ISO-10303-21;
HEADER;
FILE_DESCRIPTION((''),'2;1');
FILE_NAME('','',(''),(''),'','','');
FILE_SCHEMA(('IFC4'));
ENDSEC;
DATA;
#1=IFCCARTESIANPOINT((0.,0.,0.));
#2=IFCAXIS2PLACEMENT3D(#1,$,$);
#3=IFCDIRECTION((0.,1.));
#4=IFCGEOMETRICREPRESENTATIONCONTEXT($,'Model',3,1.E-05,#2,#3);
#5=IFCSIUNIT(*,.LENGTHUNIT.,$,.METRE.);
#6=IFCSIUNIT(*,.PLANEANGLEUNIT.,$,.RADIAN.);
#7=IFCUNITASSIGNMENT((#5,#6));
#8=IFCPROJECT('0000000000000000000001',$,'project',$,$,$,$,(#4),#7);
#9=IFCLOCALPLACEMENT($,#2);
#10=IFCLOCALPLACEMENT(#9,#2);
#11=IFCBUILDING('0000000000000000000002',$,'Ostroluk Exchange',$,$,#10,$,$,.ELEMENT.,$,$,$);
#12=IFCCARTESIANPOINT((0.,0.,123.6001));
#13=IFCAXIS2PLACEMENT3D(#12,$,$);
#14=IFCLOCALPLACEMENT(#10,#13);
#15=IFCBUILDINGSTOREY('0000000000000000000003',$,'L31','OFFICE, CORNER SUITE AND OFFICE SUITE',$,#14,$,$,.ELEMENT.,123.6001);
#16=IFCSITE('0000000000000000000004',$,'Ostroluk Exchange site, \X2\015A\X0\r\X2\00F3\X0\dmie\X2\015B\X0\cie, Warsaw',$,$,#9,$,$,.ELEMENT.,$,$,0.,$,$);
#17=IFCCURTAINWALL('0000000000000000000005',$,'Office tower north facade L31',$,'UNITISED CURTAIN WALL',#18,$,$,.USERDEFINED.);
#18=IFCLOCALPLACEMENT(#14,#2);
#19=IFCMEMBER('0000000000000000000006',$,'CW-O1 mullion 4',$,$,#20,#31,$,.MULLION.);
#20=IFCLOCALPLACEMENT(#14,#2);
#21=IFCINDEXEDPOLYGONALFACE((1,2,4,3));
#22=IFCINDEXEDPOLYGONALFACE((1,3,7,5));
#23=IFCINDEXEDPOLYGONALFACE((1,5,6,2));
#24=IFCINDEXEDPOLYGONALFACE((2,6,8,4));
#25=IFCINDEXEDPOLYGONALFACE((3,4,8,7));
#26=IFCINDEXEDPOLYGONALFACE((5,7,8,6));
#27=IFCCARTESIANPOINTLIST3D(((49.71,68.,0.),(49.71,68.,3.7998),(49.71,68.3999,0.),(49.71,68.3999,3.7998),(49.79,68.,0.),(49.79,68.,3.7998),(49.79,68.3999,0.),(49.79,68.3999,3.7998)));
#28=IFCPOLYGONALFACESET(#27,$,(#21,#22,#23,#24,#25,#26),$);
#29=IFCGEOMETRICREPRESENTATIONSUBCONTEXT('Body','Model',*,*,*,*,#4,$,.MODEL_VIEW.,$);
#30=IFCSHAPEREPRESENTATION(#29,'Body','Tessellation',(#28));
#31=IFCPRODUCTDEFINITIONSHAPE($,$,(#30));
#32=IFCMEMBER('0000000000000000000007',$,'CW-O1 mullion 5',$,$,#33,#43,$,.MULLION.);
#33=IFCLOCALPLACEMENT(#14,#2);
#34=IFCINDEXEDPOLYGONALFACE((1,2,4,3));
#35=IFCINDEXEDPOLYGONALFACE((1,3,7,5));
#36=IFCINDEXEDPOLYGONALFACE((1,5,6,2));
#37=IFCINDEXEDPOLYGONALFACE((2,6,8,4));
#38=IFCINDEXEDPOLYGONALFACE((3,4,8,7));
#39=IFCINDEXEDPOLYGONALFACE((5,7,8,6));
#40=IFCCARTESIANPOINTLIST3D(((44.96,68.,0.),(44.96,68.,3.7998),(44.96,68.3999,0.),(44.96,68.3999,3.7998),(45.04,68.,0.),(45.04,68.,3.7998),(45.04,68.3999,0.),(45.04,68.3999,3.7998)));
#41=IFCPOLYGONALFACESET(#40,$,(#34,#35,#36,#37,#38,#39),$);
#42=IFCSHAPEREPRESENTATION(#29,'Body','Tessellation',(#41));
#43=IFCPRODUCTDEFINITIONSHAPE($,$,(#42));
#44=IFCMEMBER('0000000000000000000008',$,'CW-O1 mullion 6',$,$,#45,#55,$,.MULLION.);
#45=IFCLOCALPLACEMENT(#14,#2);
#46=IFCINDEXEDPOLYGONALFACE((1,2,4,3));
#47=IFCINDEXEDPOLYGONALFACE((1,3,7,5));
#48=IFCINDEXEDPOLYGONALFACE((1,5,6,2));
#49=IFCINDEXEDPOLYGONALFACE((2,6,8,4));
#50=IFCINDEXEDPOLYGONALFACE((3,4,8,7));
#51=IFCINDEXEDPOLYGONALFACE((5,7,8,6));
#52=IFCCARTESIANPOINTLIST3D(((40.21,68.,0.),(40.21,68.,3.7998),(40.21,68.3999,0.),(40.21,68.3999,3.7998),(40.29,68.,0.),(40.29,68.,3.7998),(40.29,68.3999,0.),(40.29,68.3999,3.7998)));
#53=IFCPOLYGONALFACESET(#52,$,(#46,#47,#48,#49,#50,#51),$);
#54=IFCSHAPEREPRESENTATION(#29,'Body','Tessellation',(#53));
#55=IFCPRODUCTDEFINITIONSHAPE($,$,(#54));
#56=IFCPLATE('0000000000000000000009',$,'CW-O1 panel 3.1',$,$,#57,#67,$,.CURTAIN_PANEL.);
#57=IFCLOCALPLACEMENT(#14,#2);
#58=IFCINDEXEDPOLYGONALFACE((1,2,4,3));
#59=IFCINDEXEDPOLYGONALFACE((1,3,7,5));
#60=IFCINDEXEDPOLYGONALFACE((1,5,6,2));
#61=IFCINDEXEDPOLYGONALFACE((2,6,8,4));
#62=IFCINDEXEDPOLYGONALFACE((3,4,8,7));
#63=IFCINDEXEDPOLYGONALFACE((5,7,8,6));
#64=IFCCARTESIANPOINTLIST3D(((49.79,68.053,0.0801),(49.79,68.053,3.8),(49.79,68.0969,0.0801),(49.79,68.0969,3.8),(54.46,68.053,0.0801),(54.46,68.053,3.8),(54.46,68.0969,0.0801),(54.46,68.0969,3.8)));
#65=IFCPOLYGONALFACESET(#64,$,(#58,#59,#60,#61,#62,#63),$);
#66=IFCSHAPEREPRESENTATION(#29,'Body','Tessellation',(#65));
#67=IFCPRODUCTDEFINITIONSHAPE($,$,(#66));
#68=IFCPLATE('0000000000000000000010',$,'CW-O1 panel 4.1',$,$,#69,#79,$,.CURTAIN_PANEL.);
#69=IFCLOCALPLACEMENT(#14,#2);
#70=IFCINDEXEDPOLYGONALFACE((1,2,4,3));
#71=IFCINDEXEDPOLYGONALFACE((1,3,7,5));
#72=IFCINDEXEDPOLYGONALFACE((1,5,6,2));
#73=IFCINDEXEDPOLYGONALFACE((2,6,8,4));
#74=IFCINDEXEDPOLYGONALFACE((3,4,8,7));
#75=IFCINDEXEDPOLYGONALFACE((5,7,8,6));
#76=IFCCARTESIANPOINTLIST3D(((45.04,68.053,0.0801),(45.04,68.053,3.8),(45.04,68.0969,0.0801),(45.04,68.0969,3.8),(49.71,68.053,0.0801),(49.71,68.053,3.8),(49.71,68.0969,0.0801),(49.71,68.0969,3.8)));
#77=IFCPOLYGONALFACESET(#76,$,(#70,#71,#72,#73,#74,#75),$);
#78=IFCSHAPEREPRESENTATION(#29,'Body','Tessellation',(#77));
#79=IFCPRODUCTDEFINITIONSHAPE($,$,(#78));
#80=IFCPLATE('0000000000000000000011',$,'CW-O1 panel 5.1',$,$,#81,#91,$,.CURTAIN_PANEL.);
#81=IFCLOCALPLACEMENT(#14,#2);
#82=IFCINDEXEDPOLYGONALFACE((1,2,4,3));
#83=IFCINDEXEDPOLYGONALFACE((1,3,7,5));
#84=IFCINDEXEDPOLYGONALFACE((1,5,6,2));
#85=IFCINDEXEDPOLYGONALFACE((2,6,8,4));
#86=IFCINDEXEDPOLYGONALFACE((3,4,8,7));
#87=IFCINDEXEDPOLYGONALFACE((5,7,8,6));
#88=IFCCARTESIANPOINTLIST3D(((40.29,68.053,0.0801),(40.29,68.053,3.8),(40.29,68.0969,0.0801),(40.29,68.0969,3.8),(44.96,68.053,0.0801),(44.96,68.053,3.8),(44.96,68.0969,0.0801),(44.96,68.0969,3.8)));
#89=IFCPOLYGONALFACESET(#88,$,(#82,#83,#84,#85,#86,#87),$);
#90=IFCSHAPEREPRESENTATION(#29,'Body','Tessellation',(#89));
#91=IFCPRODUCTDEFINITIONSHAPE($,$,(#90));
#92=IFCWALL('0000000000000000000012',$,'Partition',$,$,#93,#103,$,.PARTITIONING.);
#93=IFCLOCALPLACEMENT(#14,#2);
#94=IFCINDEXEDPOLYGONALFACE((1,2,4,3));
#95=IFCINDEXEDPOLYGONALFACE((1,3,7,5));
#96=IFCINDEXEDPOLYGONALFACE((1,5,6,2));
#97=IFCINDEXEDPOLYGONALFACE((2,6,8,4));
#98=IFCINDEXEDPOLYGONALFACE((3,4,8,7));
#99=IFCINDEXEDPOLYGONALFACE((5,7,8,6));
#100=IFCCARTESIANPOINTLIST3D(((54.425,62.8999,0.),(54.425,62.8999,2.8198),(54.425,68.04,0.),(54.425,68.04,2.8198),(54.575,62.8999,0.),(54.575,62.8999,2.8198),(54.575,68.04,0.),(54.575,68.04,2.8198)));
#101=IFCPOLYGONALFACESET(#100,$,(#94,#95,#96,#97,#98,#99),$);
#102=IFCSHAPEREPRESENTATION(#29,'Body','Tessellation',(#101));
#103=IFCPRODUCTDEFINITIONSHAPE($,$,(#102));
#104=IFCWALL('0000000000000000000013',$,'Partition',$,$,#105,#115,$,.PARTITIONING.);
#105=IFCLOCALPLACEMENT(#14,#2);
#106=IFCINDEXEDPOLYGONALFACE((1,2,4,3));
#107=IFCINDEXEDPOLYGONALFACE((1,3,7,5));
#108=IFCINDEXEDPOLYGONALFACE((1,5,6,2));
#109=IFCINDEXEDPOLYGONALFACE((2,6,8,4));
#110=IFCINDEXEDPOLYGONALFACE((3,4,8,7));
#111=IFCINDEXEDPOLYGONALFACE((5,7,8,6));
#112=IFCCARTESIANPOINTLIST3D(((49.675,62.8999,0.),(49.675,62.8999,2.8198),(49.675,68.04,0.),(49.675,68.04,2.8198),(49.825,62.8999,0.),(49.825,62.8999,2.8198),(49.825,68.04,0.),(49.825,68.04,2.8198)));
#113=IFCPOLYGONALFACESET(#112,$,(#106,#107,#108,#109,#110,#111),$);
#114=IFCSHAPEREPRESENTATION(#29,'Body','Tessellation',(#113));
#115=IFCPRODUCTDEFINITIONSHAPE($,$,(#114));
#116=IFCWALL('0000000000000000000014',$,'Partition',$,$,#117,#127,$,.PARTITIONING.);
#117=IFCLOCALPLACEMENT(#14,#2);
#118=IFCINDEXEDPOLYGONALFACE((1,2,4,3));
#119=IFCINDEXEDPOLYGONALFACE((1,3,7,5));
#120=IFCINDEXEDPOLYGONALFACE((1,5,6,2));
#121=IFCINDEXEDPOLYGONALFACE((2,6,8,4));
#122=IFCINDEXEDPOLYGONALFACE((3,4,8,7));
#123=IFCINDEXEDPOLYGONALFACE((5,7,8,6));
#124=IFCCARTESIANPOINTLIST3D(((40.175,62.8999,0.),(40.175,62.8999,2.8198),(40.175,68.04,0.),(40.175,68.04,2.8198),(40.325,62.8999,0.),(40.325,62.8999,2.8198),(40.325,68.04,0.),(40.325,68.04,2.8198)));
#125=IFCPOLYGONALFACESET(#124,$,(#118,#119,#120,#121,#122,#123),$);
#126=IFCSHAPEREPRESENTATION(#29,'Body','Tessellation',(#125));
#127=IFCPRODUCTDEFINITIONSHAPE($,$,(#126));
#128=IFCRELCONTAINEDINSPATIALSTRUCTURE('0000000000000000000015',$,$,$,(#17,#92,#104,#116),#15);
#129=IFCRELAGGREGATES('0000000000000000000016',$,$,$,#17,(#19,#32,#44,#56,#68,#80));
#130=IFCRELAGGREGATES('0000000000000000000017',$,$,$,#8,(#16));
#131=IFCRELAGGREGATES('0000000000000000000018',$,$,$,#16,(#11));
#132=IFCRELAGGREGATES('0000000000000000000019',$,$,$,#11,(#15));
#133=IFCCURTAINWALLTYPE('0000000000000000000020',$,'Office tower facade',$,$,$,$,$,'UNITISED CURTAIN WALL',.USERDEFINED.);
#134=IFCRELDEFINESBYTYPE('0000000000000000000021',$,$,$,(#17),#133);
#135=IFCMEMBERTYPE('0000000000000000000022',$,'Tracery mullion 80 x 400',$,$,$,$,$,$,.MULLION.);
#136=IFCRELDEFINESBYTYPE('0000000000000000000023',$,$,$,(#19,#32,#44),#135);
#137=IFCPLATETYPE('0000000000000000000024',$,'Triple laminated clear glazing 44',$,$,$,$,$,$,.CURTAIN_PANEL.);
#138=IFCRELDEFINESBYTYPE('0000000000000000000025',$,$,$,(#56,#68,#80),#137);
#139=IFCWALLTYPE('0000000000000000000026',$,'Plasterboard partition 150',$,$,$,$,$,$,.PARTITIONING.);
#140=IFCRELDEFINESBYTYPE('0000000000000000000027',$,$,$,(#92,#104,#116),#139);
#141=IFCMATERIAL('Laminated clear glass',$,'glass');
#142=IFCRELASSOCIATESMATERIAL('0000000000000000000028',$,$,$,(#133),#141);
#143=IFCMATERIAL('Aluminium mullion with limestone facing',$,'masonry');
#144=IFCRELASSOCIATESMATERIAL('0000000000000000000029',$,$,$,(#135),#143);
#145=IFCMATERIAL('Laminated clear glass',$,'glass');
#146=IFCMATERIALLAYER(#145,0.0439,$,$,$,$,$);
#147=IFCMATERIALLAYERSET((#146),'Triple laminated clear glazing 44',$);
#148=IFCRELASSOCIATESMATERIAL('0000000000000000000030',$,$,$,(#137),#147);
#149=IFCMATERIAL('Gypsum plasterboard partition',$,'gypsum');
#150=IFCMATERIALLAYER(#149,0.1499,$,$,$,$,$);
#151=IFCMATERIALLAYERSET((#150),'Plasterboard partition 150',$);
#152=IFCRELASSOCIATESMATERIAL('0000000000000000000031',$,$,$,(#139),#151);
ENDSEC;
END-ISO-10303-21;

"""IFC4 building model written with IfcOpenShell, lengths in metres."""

from ifc_helpers import new_model, si_unit, direction, frame, frame_2d, origin, origin_2d, place, context, subcontext, project, spatial, rectangle, extrude, material, layer, layer_set, material_profile, profile_set, type_object, element, aggregate, save


model = new_model("IFC4")

# Units and contexts
model_context = context("Model", 3, precision=1e-05, world=origin(), true_north=direction((0.0, 1.0)))
body_context = subcontext(model_context, "Body", "Model", "MODEL_VIEW")
ifc_project = project(units=[si_unit("LENGTHUNIT", "METRE"), si_unit("PLANEANGLEUNIT", "RADIAN")], contexts=[model_context])

# Site, building, storey
site_placement = place(None, origin())
site = spatial("IfcSite", under=ifc_project, at=site_placement, Name="Ostroluk Exchange site, Śródmieście, Warsaw", CompositionType="ELEMENT", RefElevation=0.0)
building_placement = place(site_placement, origin())
building = spatial("IfcBuilding", under=site, at=building_placement, Name="Ostroluk Exchange", CompositionType="ELEMENT")
storey_placement = place(building_placement, frame((0.0, 0.0, 123.6001)))
storey = spatial("IfcBuildingStorey", under=building, at=storey_placement, Name="L31", Description="OFFICE, CORNER SUITE AND OFFICE SUITE", CompositionType="ELEMENT", Elevation=123.6001)

# Curtain wall, members, plates
ifc_material_1 = material(Name="Laminated clear glass", Category="glass")
curtain_wall_type = type_object("IfcCurtainWallType", Name="Office tower facade", ElementType="UNITISED CURTAIN WALL", PredefinedType="USERDEFINED", material=ifc_material_1)
curtain_wall_placement = place(storey_placement, origin())
curtain_wall = element("IfcCurtainWall", 1, at=curtain_wall_placement, inside=storey, type_object=curtain_wall_type, Name="Office tower north facade L31", ObjectType="UNITISED CURTAIN WALL", PredefinedType="USERDEFINED")
ifc_material_2 = material(Name="Aluminium mullion with limestone facing", Category="masonry")
ifc_material_profile_1 = material_profile(ifc_material_2, rectangle(XDim=0.3999, YDim=0.0801, at=origin_2d()), Name="Tracery mullion 80 x 400")
ifc_profile_set_1 = profile_set([ifc_material_profile_1], Name="Aluminium mullion with limestone facing")
member_type_1 = type_object("IfcMemberType", Name="Tracery mullion 80 x 400", PredefinedType="MULLION", material=ifc_profile_set_1)
member_1_placement = place(storey_placement, frame((49.75, 68.2, 0.0), z_axis=(0.0, 0.0, 1.0), x_axis=(0.0, -1.0, 0.0)))
member_1 = element("IfcMember", 2, at=member_1_placement, type_object=member_type_1, Name="CW-O1 mullion 4", PredefinedType="MULLION", context=body_context, shape_type="SweptSolid", body=[
    extrude(rectangle(XDim=0.3999, YDim=0.0801, at=origin_2d()), origin(), (0.0, 0.0, 1.0), 3.7998),
])
member_2_placement = place(storey_placement, frame((45.0, 68.2, 0.0), z_axis=(0.0, 0.0, 1.0), x_axis=(0.0, -1.0, 0.0)))
member_2 = element("IfcMember", 3, at=member_2_placement, type_object=member_type_1, Name="CW-O1 mullion 5", PredefinedType="MULLION", context=body_context, shape_type="SweptSolid", body=[
    extrude(rectangle(XDim=0.3999, YDim=0.0801, at=origin_2d()), origin(), (0.0, 0.0, 1.0), 3.7998),
])
member_3_placement = place(storey_placement, frame((40.25, 68.2, 0.0), z_axis=(0.0, 0.0, 1.0), x_axis=(0.0, -1.0, 0.0)))
member_3 = element("IfcMember", 4, at=member_3_placement, type_object=member_type_1, Name="CW-O1 mullion 6", PredefinedType="MULLION", context=body_context, shape_type="SweptSolid", body=[
    extrude(rectangle(XDim=0.3999, YDim=0.0801, at=origin_2d()), origin(), (0.0, 0.0, 1.0), 3.7998),
])
ifc_material_3 = material(Name="Laminated clear glass", Category="glass")
ifc_layer_1 = layer(ifc_material_3, 0.0439)
ifc_layer_set_1 = layer_set([ifc_layer_1], Name="Triple laminated clear glazing 44")
plate_type = type_object("IfcPlateType", Name="Triple laminated clear glazing 44", PredefinedType="CURTAIN_PANEL", material=ifc_layer_set_1)
plate_1_placement = place(storey_placement, frame((52.125, 68.075, 0.0801), z_axis=(0.0, 0.0, 1.0), x_axis=(-1.0, 0.0, 0.0)))
plate_1 = element("IfcPlate", 5, at=plate_1_placement, type_object=plate_type, Name="CW-O1 panel 3.1", PredefinedType="CURTAIN_PANEL", context=body_context, shape_type="SweptSolid", body=[
    extrude(rectangle(XDim=4.6699, YDim=0.0439, at=origin_2d()), origin(), (0.0, 0.0, 1.0), 3.72),
])
plate_2_placement = place(storey_placement, frame((47.375, 68.075, 0.0801), z_axis=(0.0, 0.0, 1.0), x_axis=(-1.0, 0.0, 0.0)))
plate_2 = element("IfcPlate", 6, at=plate_2_placement, type_object=plate_type, Name="CW-O1 panel 4.1", PredefinedType="CURTAIN_PANEL", context=body_context, shape_type="SweptSolid", body=[
    extrude(rectangle(XDim=4.6699, YDim=0.0439, at=origin_2d()), origin(), (0.0, 0.0, 1.0), 3.72),
])
plate_3_placement = place(storey_placement, frame((42.625, 68.075, 0.0801), z_axis=(0.0, 0.0, 1.0), x_axis=(-1.0, 0.0, 0.0)))
plate_3 = element("IfcPlate", 7, at=plate_3_placement, type_object=plate_type, Name="CW-O1 panel 5.1", PredefinedType="CURTAIN_PANEL", context=body_context, shape_type="SweptSolid", body=[
    extrude(rectangle(XDim=4.6699, YDim=0.0439, at=origin_2d()), origin(), (0.0, 0.0, 1.0), 3.72),
])
aggregate(curtain_wall, [member_1, member_2, member_3, plate_1, plate_2, plate_3])

# Walls
ifc_material_4 = material(Name="Gypsum plasterboard partition", Category="gypsum")
ifc_layer_2 = layer(ifc_material_4, 0.1499)
ifc_layer_set_2 = layer_set([ifc_layer_2], Name="Plasterboard partition 150")
wall_type = type_object("IfcWallType", Name="Plasterboard partition 150", PredefinedType="PARTITIONING", material=ifc_layer_set_2)
for number, where, z_axis, x_axis, name in (
    (8, (54.5, 62.8999, 0.0), (0.0, 0.0, 1.0), (0.0, 1.0, 0.0), "Partition"),
    (9, (49.75, 62.8999, 0.0), (0.0, 0.0, 1.0), (0.0, 1.0, 0.0), "Partition"),
    (10, (40.25, 62.8999, 0.0), (0.0, 0.0, 1.0), (0.0, 1.0, 0.0), "Partition"),
):
    element("IfcWall", number, at=place(storey_placement, frame(where, z_axis=z_axis, x_axis=x_axis)), inside=storey, type_object=wall_type, Name=name, PredefinedType="PARTITIONING", context=body_context, shape_type="SweptSolid", body=[
        extrude(rectangle(XDim=5.1401, YDim=0.1499, at=frame_2d((2.5701, 0.0))), origin(), (0.0, 0.0, 1.0), 2.8198),
    ])

save(model, "model.ifc")
